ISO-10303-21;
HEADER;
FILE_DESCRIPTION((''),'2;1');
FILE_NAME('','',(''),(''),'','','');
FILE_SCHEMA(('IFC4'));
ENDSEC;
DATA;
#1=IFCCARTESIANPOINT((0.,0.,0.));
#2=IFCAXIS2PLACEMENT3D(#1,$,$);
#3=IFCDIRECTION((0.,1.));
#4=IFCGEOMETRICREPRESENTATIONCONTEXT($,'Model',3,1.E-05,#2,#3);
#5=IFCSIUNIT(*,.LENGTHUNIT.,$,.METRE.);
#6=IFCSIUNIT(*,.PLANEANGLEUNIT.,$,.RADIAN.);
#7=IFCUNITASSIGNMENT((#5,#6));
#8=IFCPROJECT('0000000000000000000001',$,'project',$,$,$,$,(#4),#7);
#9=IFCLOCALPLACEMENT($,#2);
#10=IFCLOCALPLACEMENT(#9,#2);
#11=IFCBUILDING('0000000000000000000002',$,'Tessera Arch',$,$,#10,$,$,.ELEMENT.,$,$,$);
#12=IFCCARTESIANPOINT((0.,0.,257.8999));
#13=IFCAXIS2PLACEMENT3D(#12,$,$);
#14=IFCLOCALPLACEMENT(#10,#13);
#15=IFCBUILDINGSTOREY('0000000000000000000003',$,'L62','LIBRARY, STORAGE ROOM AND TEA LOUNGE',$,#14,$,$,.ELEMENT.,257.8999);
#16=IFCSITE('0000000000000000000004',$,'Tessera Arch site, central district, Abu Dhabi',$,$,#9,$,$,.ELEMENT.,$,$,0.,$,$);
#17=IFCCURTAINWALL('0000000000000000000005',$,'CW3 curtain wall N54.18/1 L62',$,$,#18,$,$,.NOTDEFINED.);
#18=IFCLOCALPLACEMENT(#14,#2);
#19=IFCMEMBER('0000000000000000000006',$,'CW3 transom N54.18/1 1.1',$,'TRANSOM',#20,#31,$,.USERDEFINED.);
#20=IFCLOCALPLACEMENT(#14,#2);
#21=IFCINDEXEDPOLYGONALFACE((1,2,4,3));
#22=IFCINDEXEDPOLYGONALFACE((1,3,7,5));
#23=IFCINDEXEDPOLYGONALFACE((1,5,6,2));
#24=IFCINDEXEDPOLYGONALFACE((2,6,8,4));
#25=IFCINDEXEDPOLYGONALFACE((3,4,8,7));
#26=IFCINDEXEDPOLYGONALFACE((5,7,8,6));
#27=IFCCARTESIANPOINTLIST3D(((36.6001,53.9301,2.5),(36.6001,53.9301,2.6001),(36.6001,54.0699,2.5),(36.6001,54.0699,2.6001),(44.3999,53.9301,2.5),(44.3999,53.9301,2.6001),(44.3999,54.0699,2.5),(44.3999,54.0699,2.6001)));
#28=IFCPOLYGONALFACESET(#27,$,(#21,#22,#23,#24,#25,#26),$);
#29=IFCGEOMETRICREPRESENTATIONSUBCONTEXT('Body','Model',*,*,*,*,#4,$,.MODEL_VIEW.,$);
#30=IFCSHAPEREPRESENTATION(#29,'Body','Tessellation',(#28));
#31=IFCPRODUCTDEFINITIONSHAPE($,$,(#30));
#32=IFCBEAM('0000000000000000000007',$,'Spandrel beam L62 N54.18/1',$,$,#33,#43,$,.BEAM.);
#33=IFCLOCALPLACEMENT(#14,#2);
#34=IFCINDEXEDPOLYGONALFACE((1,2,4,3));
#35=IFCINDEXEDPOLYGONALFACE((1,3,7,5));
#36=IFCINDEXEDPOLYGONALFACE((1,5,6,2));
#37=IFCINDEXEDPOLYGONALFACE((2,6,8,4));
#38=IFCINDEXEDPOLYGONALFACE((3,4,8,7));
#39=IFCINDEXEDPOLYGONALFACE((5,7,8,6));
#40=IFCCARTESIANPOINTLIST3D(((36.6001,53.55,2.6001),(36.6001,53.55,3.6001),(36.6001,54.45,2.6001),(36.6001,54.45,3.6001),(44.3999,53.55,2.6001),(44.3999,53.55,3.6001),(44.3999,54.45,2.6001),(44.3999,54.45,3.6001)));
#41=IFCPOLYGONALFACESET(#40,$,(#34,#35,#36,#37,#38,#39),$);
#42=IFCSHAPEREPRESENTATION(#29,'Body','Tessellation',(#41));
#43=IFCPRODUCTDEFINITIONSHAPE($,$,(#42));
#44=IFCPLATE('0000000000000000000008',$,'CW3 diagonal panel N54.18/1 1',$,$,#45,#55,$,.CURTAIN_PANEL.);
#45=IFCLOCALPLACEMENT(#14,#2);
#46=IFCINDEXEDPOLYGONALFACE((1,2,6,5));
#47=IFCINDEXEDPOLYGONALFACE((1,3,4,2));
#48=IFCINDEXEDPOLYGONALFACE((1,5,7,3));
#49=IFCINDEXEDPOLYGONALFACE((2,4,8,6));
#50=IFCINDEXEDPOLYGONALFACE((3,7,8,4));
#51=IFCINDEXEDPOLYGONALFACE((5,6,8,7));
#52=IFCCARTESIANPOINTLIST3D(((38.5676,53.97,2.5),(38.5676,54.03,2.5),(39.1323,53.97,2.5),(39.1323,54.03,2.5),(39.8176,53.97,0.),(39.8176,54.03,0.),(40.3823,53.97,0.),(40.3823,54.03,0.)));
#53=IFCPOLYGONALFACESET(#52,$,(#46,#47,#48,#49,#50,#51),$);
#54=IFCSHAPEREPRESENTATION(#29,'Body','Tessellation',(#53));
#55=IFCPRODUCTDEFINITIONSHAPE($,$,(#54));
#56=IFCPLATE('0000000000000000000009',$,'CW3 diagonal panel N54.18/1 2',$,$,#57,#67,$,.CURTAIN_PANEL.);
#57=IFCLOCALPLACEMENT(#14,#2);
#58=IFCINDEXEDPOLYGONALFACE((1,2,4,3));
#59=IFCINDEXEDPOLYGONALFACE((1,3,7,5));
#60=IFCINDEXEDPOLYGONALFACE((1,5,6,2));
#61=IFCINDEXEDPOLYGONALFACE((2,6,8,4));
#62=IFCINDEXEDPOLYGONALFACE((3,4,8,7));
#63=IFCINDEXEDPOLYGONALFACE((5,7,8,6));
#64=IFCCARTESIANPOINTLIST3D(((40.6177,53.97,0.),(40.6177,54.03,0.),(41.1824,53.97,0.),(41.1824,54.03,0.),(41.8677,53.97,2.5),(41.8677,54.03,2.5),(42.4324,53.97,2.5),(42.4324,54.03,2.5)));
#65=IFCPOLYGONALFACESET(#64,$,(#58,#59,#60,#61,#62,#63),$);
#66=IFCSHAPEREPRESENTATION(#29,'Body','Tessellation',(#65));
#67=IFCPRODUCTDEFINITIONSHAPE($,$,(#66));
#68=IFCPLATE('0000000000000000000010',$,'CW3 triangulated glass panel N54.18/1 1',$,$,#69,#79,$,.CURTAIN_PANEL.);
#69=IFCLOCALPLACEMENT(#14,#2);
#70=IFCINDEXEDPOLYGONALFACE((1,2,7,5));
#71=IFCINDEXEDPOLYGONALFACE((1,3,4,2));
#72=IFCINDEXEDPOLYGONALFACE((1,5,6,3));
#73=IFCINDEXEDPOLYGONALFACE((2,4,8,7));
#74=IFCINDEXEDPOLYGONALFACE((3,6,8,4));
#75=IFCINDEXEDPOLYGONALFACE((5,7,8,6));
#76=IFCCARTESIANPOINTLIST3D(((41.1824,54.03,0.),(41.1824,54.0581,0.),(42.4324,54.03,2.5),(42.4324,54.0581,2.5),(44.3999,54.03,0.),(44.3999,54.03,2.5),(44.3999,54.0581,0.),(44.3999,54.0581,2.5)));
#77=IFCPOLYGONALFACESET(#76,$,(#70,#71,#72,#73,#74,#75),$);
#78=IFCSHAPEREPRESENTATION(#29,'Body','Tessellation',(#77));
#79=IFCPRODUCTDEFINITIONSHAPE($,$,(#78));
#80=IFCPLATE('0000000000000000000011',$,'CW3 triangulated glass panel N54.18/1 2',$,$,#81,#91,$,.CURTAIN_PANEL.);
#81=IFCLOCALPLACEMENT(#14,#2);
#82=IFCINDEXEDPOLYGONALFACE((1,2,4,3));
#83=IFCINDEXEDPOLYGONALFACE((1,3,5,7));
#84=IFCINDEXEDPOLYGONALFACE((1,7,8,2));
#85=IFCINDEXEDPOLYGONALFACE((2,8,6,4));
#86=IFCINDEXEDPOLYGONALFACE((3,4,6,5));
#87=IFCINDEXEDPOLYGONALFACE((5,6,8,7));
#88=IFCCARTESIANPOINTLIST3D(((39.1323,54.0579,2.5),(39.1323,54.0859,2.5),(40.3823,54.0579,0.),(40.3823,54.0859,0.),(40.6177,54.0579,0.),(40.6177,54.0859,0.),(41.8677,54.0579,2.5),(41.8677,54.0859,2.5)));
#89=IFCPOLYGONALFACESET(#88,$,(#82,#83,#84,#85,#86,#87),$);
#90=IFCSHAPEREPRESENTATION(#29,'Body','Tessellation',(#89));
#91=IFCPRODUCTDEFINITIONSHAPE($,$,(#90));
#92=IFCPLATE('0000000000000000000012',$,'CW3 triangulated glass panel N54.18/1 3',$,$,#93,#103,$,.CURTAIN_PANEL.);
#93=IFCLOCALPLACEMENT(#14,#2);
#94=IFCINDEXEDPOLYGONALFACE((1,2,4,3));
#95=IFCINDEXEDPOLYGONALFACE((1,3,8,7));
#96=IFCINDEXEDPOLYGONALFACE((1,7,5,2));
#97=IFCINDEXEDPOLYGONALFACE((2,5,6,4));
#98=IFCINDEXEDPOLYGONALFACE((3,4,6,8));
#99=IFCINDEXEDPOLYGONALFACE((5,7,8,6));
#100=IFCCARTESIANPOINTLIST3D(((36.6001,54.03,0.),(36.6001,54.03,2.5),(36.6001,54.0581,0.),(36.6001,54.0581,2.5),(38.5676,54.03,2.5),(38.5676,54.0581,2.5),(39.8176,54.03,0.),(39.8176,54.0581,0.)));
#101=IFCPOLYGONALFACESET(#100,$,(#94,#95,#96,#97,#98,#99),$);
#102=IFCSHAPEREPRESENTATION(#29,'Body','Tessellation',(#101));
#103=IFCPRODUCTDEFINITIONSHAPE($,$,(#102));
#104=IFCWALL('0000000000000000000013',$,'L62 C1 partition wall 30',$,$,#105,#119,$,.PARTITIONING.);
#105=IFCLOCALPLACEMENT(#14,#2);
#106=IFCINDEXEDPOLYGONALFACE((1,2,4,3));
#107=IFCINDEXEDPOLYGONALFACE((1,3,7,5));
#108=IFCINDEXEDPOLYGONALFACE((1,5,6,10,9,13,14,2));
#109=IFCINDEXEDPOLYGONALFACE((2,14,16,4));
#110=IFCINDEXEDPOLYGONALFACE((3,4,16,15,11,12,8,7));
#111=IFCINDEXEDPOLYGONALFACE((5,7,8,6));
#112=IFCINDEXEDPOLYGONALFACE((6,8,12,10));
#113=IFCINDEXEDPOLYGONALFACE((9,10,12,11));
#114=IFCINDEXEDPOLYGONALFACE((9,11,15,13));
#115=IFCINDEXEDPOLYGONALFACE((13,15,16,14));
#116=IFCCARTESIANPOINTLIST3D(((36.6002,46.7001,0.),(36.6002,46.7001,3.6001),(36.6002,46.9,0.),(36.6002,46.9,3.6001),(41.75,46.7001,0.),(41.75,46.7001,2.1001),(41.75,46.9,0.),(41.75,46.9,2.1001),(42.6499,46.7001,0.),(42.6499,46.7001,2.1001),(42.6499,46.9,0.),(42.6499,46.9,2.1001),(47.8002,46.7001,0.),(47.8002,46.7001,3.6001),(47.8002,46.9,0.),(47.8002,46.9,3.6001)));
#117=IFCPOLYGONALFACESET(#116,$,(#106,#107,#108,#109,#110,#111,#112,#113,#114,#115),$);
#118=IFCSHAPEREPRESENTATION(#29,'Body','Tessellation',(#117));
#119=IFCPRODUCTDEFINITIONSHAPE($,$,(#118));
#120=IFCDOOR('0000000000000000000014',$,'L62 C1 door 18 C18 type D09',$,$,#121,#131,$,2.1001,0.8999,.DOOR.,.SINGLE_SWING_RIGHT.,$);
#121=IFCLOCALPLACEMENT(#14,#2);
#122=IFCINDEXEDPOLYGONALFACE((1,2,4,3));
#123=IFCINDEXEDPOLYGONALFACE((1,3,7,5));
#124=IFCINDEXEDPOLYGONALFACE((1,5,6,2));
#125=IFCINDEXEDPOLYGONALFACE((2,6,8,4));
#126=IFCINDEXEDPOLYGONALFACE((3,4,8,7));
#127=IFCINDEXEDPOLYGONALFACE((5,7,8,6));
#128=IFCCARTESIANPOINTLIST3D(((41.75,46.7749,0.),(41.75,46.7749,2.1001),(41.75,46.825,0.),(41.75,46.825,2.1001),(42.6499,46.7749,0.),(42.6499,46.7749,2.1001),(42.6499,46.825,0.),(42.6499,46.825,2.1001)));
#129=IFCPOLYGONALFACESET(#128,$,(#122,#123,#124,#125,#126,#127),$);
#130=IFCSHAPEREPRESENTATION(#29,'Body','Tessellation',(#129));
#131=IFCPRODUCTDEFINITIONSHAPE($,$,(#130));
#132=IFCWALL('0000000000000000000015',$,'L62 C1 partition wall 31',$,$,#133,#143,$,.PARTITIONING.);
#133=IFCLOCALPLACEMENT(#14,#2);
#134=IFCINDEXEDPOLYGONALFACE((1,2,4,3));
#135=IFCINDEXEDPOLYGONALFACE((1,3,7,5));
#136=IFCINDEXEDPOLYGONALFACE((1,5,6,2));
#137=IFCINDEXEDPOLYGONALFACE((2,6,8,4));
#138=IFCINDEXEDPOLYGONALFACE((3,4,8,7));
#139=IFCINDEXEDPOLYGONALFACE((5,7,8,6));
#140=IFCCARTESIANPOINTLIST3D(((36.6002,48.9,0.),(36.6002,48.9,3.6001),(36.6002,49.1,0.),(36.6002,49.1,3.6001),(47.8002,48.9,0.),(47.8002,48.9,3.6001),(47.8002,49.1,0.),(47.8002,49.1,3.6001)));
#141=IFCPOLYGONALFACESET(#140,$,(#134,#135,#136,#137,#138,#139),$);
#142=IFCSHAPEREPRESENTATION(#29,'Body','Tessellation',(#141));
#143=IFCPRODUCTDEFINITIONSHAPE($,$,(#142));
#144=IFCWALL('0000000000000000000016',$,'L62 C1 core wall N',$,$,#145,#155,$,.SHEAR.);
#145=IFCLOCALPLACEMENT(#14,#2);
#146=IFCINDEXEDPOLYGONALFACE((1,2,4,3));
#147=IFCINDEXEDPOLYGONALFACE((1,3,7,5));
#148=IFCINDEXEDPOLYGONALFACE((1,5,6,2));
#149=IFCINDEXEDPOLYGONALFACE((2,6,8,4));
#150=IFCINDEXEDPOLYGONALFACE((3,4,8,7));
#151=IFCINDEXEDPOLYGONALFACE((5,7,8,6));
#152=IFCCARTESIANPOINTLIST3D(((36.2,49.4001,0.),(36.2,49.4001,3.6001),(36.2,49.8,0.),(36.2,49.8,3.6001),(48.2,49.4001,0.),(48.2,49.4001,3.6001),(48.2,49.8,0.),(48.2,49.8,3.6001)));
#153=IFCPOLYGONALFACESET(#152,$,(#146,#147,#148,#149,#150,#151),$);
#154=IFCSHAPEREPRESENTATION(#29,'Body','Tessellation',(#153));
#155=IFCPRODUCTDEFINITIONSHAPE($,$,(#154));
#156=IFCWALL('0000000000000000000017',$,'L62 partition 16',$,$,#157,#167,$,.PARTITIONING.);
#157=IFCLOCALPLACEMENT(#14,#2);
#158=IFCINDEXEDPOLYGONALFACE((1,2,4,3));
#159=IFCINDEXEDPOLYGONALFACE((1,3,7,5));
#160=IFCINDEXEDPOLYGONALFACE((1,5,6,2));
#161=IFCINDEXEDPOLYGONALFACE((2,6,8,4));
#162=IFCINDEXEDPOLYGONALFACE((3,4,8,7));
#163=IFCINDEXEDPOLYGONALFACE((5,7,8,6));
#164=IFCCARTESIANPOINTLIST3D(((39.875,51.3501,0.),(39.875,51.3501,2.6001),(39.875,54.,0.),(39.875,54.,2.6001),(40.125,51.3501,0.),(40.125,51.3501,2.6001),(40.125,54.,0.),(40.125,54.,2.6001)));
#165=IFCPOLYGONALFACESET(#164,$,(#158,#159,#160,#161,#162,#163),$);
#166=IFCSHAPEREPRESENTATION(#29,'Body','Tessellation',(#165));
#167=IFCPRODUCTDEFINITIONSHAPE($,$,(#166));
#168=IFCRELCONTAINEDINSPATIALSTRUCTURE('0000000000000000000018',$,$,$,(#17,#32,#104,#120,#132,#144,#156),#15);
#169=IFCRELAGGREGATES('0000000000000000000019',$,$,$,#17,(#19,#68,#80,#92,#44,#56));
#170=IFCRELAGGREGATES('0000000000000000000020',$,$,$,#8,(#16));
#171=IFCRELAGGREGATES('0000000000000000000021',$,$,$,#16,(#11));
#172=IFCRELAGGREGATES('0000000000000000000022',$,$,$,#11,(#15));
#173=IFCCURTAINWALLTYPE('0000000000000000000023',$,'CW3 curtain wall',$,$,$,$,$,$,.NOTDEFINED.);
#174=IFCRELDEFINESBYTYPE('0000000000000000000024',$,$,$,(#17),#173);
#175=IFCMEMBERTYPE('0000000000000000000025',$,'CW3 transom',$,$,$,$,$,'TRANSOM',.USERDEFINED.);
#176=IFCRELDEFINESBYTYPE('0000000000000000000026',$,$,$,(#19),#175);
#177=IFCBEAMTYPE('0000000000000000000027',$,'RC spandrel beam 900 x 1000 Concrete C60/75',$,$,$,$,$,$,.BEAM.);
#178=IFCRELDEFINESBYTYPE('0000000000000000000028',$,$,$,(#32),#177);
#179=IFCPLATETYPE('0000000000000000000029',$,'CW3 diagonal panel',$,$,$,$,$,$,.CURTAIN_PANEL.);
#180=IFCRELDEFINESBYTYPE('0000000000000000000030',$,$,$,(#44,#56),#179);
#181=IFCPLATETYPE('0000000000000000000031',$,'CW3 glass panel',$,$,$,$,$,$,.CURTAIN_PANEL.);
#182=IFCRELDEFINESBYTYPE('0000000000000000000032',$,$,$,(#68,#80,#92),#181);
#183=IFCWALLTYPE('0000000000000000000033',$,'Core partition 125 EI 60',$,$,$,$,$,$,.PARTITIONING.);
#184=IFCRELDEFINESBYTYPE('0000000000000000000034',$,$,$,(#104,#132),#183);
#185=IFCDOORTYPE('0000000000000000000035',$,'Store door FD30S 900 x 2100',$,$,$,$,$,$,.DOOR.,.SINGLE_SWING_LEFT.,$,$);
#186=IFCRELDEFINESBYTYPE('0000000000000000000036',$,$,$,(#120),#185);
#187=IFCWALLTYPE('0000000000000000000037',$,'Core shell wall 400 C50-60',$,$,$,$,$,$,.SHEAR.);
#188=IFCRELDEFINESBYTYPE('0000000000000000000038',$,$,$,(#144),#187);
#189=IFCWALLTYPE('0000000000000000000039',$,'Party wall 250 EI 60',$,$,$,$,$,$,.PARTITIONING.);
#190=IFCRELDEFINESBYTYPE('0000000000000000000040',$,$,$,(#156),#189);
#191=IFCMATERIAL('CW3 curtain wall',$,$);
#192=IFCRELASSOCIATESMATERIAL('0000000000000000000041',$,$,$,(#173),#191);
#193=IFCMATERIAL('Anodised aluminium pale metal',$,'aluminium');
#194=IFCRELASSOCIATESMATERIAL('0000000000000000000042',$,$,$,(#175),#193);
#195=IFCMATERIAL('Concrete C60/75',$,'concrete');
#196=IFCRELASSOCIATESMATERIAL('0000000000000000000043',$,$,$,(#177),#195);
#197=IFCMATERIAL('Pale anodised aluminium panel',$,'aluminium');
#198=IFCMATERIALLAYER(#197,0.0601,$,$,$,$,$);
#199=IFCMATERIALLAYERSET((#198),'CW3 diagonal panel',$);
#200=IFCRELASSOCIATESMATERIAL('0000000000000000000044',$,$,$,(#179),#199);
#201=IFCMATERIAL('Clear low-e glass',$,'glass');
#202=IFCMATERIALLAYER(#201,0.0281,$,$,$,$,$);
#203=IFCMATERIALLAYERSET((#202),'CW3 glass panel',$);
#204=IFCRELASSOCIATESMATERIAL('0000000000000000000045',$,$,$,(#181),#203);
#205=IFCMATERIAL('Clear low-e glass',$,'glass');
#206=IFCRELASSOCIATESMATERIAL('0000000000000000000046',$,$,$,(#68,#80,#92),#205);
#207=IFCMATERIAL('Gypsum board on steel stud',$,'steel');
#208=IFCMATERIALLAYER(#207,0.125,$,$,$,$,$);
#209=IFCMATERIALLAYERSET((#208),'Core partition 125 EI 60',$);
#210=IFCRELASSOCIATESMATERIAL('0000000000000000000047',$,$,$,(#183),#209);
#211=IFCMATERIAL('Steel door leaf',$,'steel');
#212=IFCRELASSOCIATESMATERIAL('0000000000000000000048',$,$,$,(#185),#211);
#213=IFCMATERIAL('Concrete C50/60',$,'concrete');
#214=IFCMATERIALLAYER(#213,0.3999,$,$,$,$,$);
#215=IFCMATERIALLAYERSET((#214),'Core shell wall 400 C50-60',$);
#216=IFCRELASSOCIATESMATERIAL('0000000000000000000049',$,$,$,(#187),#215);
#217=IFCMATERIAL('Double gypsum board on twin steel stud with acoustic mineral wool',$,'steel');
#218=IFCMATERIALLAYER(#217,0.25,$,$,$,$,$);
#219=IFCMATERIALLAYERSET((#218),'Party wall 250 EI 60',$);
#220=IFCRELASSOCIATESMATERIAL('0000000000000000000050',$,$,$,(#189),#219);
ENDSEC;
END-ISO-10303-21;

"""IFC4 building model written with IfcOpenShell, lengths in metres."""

from ifc_helpers import new_model, si_unit, direction, frame, frame_2d, origin, origin_2d, place, context, subcontext, project, spatial, polyline, rectangle, outline, extrude, material, layer, layer_set, material_profile, profile_set, type_object, element, fill, aggregate, save


model = new_model("IFC4")

# Units and contexts
model_context = context("Model", 3, precision=1e-05, world=origin(), true_north=direction((0.0, 1.0)))
body_context = subcontext(model_context, "Body", "Model", "MODEL_VIEW")
ifc_project = project(units=[si_unit("LENGTHUNIT", "METRE"), si_unit("PLANEANGLEUNIT", "RADIAN")], contexts=[model_context])

# Site, building, storey
site_placement = place(None, origin())
site = spatial("IfcSite", under=ifc_project, at=site_placement, Name="Tessera Arch site, central district, Abu Dhabi", CompositionType="ELEMENT", RefElevation=0.0)
building_placement = place(site_placement, origin())
building = spatial("IfcBuilding", under=site, at=building_placement, Name="Tessera Arch", CompositionType="ELEMENT")
storey_placement = place(building_placement, frame((0.0, 0.0, 257.8999)))
storey = spatial("IfcBuildingStorey", under=building, at=storey_placement, Name="L62", Description="LIBRARY, STORAGE ROOM AND TEA LOUNGE", CompositionType="ELEMENT", Elevation=257.8999)

# Curtain wall, member
ifc_material_1 = material(Name="CW3 curtain wall")
curtain_wall_type = type_object("IfcCurtainWallType", Name="CW3 curtain wall", PredefinedType="NOTDEFINED", material=ifc_material_1)
curtain_wall_placement = place(storey_placement, origin())
curtain_wall = element("IfcCurtainWall", 1, at=curtain_wall_placement, inside=storey, type_object=curtain_wall_type, Name="CW3 curtain wall N54.18/1 L62", PredefinedType="NOTDEFINED")
ifc_material_2 = material(Name="Anodised aluminium pale metal", Category="aluminium")
ifc_material_profile_1 = material_profile(ifc_material_2, rectangle(XDim=0.1399, YDim=0.1001, at=origin_2d()), Name="AL 140x100")
ifc_profile_set_1 = profile_set([ifc_material_profile_1], Name="Anodised aluminium pale metal")
member_type = type_object("IfcMemberType", Name="CW3 transom", ElementType="TRANSOM", PredefinedType="USERDEFINED", material=ifc_profile_set_1)
member_placement = place(storey_placement, frame((44.3999, 54.0, 2.55), z_axis=(-1.0, 0.0, 0.0), x_axis=(0.0, -1.0, 0.0)))
member = element("IfcMember", 2, at=member_placement, type_object=member_type, Name="CW3 transom N54.18/1 1.1", ObjectType="TRANSOM", PredefinedType="USERDEFINED", context=body_context, shape_type="SweptSolid", body=[
    extrude(rectangle(XDim=0.1399, YDim=0.1001, at=origin_2d()), origin(), (0.0, 0.0, 1.0), 7.7998),
])

# Beam
ifc_material_3 = material(Name="Concrete C60/75", Category="concrete")
ifc_material_profile_2 = material_profile(ifc_material_3, rectangle(XDim=0.8999, YDim=1.0, at=origin_2d()), Name="RC spandrel beam 900 x 1000 Concrete C60/75")
ifc_profile_set_2 = profile_set([ifc_material_profile_2], Name="Concrete C60/75")
beam_type = type_object("IfcBeamType", Name="RC spandrel beam 900 x 1000 Concrete C60/75", PredefinedType="BEAM", material=ifc_profile_set_2)
beam_placement = place(storey_placement, frame((44.3999, 54.0, 3.1001), z_axis=(-1.0, 0.0, 0.0), x_axis=(0.0, -1.0, 0.0)))
element("IfcBeam", 3, at=beam_placement, inside=storey, type_object=beam_type, Name="Spandrel beam L62 N54.18/1", PredefinedType="BEAM", context=body_context, shape_type="SweptSolid", body=[
    extrude(rectangle(XDim=0.8999, YDim=1.0, at=origin_2d()), origin(), (0.0, 0.0, 1.0), 7.7998),
])

# Plates
ifc_material_4 = material(Name="Pale anodised aluminium panel", Category="aluminium")
ifc_layer_1 = layer(ifc_material_4, 0.0601)
ifc_layer_set_1 = layer_set([ifc_layer_1], Name="CW3 diagonal panel")
plate_type_1 = type_object("IfcPlateType", Name="CW3 diagonal panel", PredefinedType="CURTAIN_PANEL", material=ifc_layer_set_1)
plate_1_placement = place(storey_placement, frame((38.5676, 54.03, 2.5), z_axis=(0.0, 1.0, 0.0), x_axis=(1.0, 0.0, 0.0)))
plate_1 = element("IfcPlate", 4, at=plate_1_placement, type_object=plate_type_1, Name="CW3 diagonal panel N54.18/1 1", PredefinedType="CURTAIN_PANEL", context=body_context, shape_type="SweptSolid", body=[
    extrude(outline(polyline([(0.0, 0.0), (0.5647, 0.0), (1.8147, 2.5), (1.25, 2.5), (0.0, 0.0)])), origin(), (0.0, 0.0, -1.0), 0.0601),
])
plate_2_placement = place(storey_placement, frame((41.8677, 54.03, 2.5), z_axis=(0.0, 1.0, 0.0), x_axis=(1.0, 0.0, 0.0)))
plate_2 = element("IfcPlate", 5, at=plate_2_placement, type_object=plate_type_1, Name="CW3 diagonal panel N54.18/1 2", PredefinedType="CURTAIN_PANEL", context=body_context, shape_type="SweptSolid", body=[
    extrude(outline(polyline([(0.0, 0.0), (0.5647, 0.0), (-0.6853, 2.5), (-1.25, 2.5), (0.0, 0.0)])), origin(), (0.0, 0.0, -1.0), 0.0601),
])
ifc_material_5 = material(Name="Clear low-e glass", Category="glass")
ifc_material_6 = material(Name="Clear low-e glass", Category="glass")
ifc_layer_2 = layer(ifc_material_6, 0.0281)
ifc_layer_set_2 = layer_set([ifc_layer_2], Name="CW3 glass panel")
plate_type_2 = type_object("IfcPlateType", Name="CW3 glass panel", PredefinedType="CURTAIN_PANEL", material=ifc_layer_set_2)
plate_3_placement = place(storey_placement, frame((44.3999, 54.0581, 0.0), z_axis=(0.0, 1.0, 0.0), x_axis=(-1.0, 0.0, 0.0)))
plate_3 = element("IfcPlate", 6, at=plate_3_placement, type_object=plate_type_2, material=ifc_material_5, Name="CW3 triangulated glass panel N54.18/1 1", PredefinedType="CURTAIN_PANEL", context=body_context, shape_type="SweptSolid", body=[
    extrude(outline(polyline([(0.0, 0.0), (3.2175, 0.0), (1.9675, 2.5), (0.0, 2.5), (0.0, 0.0)])), origin(), (0.0, 0.0, -1.0), 0.0281),
])
plate_4_placement = place(storey_placement, frame((39.1323, 54.0859, 2.5), z_axis=(0.0, 1.0, 0.0), x_axis=(1.0, 0.0, 0.0)))
plate_4 = element("IfcPlate", 7, at=plate_4_placement, type_object=plate_type_2, material=ifc_material_5, Name="CW3 triangulated glass panel N54.18/1 2", PredefinedType="CURTAIN_PANEL", context=body_context, shape_type="SweptSolid", body=[
    extrude(outline(polyline([(0.0, 0.0), (2.7354, 0.0), (1.4854, 2.5), (1.25, 2.5), (0.0, 0.0)])), origin(), (0.0, 0.0, -1.0), 0.0281),
])
plate_5_placement = place(storey_placement, frame((36.6001, 54.0581, 2.5), z_axis=(0.0, 1.0, 0.0), x_axis=(1.0, 0.0, 0.0)))
plate_5 = element("IfcPlate", 8, at=plate_5_placement, type_object=plate_type_2, material=ifc_material_5, Name="CW3 triangulated glass panel N54.18/1 3", PredefinedType="CURTAIN_PANEL", context=body_context, shape_type="SweptSolid", body=[
    extrude(outline(polyline([(0.0, 0.0), (1.9675, 0.0), (3.2175, 2.5), (0.0, 2.5), (0.0, 0.0)])), origin(), (0.0, 0.0, -1.0), 0.0281),
])
aggregate(curtain_wall, [member, plate_3, plate_4, plate_5, plate_1, plate_2])

# Wall, opening, door
ifc_material_7 = material(Name="Gypsum board on steel stud", Category="steel")
ifc_layer_3 = layer(ifc_material_7, 0.125)
ifc_layer_set_3 = layer_set([ifc_layer_3], Name="Core partition 125 EI 60")
wall_type_1 = type_object("IfcWallType", Name="Core partition 125 EI 60", PredefinedType="PARTITIONING", material=ifc_layer_set_3)
wall_1_placement = place(storey_placement, frame((36.6001, 46.8, 0.0), z_axis=(0.0, 0.0, 1.0), x_axis=(1.0, 0.0, 0.0)))
wall_1 = element("IfcWall", 9, at=wall_1_placement, inside=storey, type_object=wall_type_1, Name="L62 C1 partition wall 30", PredefinedType="PARTITIONING", context=body_context, shape_type="SweptSolid", body=[
    extrude(rectangle(XDim=11.2, YDim=0.2, at=frame_2d((5.6001, 0.0))), origin(), (0.0, 0.0, 1.0), 3.6001),
])
opening_1_placement = place(wall_1_placement, frame((5.1499, 0.0, 0.0)))
opening_1 = element("IfcOpeningElement", 10, at=opening_1_placement, cuts=wall_1, PredefinedType="OPENING", context=body_context, shape_type="SweptSolid", body=[
    extrude(rectangle(XDim=0.8999, YDim=2.1001, at=frame_2d((0.45, 1.05))), frame((0.0, 0.1099, 0.0), z_axis=(0.0, -1.0, 0.0), x_axis=(1.0, 0.0, 0.0)), (0.0, 0.0, 1.0), 0.22),
])
ifc_material_8 = material(Name="Steel door leaf", Category="steel")
door_type_1 = type_object("IfcDoorType", Name="Store door FD30S 900 x 2100", OperationType="SINGLE_SWING_LEFT", PredefinedType="DOOR", material=ifc_material_8)
door_1_placement = place(opening_1_placement, origin())
door_1 = element("IfcDoor", 11, at=door_1_placement, inside=storey, type_object=door_type_1, Name="L62 C1 door 18 C18 type D09", OperationType="SINGLE_SWING_RIGHT", OverallHeight=2.1001, OverallWidth=0.8999, PredefinedType="DOOR", context=body_context, shape_type="SweptSolid", body=[
    extrude(rectangle(XDim=0.8999, YDim=2.1001, at=frame_2d((0.45, 1.05))), frame((0.0, 0.0249, 0.0), z_axis=(0.0, -1.0, 0.0), x_axis=(1.0, 0.0, 0.0)), (0.0, 0.0, 1.0), 0.05),
])
fill(opening_1, door_1)

# Walls
wall_2_placement = place(storey_placement, frame((36.6001, 49.0, 0.0), z_axis=(0.0, 0.0, 1.0), x_axis=(1.0, 0.0, 0.0)))
element("IfcWall", 12, at=wall_2_placement, inside=storey, type_object=wall_type_1, Name="L62 C1 partition wall 31", PredefinedType="PARTITIONING", context=body_context, shape_type="SweptSolid", body=[
    extrude(rectangle(XDim=11.2, YDim=0.2, at=frame_2d((5.6001, 0.0))), origin(), (0.0, 0.0, 1.0), 3.6001),
])
ifc_material_9 = material(Name="Concrete C50/60", Category="concrete")
ifc_layer_4 = layer(ifc_material_9, 0.3999)
ifc_layer_set_4 = layer_set([ifc_layer_4], Name="Core shell wall 400 C50-60")
wall_type_2 = type_object("IfcWallType", Name="Core shell wall 400 C50-60", PredefinedType="SHEAR", material=ifc_layer_set_4)
wall_3_placement = place(storey_placement, frame((36.2, 49.6001, 0.0), z_axis=(0.0, 0.0, 1.0), x_axis=(1.0, 0.0, 0.0)))
element("IfcWall", 13, at=wall_3_placement, inside=storey, type_object=wall_type_2, Name="L62 C1 core wall N", PredefinedType="SHEAR", context=body_context, shape_type="SweptSolid", body=[
    extrude(rectangle(XDim=12.0, YDim=0.3999, at=frame_2d((6.0, 0.0))), origin(), (0.0, 0.0, 1.0), 3.6001),
])
ifc_material_10 = material(Name="Double gypsum board on twin steel stud with acoustic mineral wool", Category="steel")
ifc_layer_5 = layer(ifc_material_10, 0.25)
ifc_layer_set_5 = layer_set([ifc_layer_5], Name="Party wall 250 EI 60")
wall_type_3 = type_object("IfcWallType", Name="Party wall 250 EI 60", PredefinedType="PARTITIONING", material=ifc_layer_set_5)
wall_4_placement = place(storey_placement, frame((40.0, 51.3501, 0.0), z_axis=(0.0, 0.0, 1.0), x_axis=(0.0, 1.0, 0.0)))
element("IfcWall", 14, at=wall_4_placement, inside=storey, type_object=wall_type_3, Name="L62 partition 16", PredefinedType="PARTITIONING", context=body_context, shape_type="SweptSolid", body=[
    extrude(rectangle(XDim=2.6499, YDim=0.25, at=frame_2d((1.325, 0.0))), origin(), (0.0, 0.0, 1.0), 2.6001),
])

save(model, "model.ifc")
